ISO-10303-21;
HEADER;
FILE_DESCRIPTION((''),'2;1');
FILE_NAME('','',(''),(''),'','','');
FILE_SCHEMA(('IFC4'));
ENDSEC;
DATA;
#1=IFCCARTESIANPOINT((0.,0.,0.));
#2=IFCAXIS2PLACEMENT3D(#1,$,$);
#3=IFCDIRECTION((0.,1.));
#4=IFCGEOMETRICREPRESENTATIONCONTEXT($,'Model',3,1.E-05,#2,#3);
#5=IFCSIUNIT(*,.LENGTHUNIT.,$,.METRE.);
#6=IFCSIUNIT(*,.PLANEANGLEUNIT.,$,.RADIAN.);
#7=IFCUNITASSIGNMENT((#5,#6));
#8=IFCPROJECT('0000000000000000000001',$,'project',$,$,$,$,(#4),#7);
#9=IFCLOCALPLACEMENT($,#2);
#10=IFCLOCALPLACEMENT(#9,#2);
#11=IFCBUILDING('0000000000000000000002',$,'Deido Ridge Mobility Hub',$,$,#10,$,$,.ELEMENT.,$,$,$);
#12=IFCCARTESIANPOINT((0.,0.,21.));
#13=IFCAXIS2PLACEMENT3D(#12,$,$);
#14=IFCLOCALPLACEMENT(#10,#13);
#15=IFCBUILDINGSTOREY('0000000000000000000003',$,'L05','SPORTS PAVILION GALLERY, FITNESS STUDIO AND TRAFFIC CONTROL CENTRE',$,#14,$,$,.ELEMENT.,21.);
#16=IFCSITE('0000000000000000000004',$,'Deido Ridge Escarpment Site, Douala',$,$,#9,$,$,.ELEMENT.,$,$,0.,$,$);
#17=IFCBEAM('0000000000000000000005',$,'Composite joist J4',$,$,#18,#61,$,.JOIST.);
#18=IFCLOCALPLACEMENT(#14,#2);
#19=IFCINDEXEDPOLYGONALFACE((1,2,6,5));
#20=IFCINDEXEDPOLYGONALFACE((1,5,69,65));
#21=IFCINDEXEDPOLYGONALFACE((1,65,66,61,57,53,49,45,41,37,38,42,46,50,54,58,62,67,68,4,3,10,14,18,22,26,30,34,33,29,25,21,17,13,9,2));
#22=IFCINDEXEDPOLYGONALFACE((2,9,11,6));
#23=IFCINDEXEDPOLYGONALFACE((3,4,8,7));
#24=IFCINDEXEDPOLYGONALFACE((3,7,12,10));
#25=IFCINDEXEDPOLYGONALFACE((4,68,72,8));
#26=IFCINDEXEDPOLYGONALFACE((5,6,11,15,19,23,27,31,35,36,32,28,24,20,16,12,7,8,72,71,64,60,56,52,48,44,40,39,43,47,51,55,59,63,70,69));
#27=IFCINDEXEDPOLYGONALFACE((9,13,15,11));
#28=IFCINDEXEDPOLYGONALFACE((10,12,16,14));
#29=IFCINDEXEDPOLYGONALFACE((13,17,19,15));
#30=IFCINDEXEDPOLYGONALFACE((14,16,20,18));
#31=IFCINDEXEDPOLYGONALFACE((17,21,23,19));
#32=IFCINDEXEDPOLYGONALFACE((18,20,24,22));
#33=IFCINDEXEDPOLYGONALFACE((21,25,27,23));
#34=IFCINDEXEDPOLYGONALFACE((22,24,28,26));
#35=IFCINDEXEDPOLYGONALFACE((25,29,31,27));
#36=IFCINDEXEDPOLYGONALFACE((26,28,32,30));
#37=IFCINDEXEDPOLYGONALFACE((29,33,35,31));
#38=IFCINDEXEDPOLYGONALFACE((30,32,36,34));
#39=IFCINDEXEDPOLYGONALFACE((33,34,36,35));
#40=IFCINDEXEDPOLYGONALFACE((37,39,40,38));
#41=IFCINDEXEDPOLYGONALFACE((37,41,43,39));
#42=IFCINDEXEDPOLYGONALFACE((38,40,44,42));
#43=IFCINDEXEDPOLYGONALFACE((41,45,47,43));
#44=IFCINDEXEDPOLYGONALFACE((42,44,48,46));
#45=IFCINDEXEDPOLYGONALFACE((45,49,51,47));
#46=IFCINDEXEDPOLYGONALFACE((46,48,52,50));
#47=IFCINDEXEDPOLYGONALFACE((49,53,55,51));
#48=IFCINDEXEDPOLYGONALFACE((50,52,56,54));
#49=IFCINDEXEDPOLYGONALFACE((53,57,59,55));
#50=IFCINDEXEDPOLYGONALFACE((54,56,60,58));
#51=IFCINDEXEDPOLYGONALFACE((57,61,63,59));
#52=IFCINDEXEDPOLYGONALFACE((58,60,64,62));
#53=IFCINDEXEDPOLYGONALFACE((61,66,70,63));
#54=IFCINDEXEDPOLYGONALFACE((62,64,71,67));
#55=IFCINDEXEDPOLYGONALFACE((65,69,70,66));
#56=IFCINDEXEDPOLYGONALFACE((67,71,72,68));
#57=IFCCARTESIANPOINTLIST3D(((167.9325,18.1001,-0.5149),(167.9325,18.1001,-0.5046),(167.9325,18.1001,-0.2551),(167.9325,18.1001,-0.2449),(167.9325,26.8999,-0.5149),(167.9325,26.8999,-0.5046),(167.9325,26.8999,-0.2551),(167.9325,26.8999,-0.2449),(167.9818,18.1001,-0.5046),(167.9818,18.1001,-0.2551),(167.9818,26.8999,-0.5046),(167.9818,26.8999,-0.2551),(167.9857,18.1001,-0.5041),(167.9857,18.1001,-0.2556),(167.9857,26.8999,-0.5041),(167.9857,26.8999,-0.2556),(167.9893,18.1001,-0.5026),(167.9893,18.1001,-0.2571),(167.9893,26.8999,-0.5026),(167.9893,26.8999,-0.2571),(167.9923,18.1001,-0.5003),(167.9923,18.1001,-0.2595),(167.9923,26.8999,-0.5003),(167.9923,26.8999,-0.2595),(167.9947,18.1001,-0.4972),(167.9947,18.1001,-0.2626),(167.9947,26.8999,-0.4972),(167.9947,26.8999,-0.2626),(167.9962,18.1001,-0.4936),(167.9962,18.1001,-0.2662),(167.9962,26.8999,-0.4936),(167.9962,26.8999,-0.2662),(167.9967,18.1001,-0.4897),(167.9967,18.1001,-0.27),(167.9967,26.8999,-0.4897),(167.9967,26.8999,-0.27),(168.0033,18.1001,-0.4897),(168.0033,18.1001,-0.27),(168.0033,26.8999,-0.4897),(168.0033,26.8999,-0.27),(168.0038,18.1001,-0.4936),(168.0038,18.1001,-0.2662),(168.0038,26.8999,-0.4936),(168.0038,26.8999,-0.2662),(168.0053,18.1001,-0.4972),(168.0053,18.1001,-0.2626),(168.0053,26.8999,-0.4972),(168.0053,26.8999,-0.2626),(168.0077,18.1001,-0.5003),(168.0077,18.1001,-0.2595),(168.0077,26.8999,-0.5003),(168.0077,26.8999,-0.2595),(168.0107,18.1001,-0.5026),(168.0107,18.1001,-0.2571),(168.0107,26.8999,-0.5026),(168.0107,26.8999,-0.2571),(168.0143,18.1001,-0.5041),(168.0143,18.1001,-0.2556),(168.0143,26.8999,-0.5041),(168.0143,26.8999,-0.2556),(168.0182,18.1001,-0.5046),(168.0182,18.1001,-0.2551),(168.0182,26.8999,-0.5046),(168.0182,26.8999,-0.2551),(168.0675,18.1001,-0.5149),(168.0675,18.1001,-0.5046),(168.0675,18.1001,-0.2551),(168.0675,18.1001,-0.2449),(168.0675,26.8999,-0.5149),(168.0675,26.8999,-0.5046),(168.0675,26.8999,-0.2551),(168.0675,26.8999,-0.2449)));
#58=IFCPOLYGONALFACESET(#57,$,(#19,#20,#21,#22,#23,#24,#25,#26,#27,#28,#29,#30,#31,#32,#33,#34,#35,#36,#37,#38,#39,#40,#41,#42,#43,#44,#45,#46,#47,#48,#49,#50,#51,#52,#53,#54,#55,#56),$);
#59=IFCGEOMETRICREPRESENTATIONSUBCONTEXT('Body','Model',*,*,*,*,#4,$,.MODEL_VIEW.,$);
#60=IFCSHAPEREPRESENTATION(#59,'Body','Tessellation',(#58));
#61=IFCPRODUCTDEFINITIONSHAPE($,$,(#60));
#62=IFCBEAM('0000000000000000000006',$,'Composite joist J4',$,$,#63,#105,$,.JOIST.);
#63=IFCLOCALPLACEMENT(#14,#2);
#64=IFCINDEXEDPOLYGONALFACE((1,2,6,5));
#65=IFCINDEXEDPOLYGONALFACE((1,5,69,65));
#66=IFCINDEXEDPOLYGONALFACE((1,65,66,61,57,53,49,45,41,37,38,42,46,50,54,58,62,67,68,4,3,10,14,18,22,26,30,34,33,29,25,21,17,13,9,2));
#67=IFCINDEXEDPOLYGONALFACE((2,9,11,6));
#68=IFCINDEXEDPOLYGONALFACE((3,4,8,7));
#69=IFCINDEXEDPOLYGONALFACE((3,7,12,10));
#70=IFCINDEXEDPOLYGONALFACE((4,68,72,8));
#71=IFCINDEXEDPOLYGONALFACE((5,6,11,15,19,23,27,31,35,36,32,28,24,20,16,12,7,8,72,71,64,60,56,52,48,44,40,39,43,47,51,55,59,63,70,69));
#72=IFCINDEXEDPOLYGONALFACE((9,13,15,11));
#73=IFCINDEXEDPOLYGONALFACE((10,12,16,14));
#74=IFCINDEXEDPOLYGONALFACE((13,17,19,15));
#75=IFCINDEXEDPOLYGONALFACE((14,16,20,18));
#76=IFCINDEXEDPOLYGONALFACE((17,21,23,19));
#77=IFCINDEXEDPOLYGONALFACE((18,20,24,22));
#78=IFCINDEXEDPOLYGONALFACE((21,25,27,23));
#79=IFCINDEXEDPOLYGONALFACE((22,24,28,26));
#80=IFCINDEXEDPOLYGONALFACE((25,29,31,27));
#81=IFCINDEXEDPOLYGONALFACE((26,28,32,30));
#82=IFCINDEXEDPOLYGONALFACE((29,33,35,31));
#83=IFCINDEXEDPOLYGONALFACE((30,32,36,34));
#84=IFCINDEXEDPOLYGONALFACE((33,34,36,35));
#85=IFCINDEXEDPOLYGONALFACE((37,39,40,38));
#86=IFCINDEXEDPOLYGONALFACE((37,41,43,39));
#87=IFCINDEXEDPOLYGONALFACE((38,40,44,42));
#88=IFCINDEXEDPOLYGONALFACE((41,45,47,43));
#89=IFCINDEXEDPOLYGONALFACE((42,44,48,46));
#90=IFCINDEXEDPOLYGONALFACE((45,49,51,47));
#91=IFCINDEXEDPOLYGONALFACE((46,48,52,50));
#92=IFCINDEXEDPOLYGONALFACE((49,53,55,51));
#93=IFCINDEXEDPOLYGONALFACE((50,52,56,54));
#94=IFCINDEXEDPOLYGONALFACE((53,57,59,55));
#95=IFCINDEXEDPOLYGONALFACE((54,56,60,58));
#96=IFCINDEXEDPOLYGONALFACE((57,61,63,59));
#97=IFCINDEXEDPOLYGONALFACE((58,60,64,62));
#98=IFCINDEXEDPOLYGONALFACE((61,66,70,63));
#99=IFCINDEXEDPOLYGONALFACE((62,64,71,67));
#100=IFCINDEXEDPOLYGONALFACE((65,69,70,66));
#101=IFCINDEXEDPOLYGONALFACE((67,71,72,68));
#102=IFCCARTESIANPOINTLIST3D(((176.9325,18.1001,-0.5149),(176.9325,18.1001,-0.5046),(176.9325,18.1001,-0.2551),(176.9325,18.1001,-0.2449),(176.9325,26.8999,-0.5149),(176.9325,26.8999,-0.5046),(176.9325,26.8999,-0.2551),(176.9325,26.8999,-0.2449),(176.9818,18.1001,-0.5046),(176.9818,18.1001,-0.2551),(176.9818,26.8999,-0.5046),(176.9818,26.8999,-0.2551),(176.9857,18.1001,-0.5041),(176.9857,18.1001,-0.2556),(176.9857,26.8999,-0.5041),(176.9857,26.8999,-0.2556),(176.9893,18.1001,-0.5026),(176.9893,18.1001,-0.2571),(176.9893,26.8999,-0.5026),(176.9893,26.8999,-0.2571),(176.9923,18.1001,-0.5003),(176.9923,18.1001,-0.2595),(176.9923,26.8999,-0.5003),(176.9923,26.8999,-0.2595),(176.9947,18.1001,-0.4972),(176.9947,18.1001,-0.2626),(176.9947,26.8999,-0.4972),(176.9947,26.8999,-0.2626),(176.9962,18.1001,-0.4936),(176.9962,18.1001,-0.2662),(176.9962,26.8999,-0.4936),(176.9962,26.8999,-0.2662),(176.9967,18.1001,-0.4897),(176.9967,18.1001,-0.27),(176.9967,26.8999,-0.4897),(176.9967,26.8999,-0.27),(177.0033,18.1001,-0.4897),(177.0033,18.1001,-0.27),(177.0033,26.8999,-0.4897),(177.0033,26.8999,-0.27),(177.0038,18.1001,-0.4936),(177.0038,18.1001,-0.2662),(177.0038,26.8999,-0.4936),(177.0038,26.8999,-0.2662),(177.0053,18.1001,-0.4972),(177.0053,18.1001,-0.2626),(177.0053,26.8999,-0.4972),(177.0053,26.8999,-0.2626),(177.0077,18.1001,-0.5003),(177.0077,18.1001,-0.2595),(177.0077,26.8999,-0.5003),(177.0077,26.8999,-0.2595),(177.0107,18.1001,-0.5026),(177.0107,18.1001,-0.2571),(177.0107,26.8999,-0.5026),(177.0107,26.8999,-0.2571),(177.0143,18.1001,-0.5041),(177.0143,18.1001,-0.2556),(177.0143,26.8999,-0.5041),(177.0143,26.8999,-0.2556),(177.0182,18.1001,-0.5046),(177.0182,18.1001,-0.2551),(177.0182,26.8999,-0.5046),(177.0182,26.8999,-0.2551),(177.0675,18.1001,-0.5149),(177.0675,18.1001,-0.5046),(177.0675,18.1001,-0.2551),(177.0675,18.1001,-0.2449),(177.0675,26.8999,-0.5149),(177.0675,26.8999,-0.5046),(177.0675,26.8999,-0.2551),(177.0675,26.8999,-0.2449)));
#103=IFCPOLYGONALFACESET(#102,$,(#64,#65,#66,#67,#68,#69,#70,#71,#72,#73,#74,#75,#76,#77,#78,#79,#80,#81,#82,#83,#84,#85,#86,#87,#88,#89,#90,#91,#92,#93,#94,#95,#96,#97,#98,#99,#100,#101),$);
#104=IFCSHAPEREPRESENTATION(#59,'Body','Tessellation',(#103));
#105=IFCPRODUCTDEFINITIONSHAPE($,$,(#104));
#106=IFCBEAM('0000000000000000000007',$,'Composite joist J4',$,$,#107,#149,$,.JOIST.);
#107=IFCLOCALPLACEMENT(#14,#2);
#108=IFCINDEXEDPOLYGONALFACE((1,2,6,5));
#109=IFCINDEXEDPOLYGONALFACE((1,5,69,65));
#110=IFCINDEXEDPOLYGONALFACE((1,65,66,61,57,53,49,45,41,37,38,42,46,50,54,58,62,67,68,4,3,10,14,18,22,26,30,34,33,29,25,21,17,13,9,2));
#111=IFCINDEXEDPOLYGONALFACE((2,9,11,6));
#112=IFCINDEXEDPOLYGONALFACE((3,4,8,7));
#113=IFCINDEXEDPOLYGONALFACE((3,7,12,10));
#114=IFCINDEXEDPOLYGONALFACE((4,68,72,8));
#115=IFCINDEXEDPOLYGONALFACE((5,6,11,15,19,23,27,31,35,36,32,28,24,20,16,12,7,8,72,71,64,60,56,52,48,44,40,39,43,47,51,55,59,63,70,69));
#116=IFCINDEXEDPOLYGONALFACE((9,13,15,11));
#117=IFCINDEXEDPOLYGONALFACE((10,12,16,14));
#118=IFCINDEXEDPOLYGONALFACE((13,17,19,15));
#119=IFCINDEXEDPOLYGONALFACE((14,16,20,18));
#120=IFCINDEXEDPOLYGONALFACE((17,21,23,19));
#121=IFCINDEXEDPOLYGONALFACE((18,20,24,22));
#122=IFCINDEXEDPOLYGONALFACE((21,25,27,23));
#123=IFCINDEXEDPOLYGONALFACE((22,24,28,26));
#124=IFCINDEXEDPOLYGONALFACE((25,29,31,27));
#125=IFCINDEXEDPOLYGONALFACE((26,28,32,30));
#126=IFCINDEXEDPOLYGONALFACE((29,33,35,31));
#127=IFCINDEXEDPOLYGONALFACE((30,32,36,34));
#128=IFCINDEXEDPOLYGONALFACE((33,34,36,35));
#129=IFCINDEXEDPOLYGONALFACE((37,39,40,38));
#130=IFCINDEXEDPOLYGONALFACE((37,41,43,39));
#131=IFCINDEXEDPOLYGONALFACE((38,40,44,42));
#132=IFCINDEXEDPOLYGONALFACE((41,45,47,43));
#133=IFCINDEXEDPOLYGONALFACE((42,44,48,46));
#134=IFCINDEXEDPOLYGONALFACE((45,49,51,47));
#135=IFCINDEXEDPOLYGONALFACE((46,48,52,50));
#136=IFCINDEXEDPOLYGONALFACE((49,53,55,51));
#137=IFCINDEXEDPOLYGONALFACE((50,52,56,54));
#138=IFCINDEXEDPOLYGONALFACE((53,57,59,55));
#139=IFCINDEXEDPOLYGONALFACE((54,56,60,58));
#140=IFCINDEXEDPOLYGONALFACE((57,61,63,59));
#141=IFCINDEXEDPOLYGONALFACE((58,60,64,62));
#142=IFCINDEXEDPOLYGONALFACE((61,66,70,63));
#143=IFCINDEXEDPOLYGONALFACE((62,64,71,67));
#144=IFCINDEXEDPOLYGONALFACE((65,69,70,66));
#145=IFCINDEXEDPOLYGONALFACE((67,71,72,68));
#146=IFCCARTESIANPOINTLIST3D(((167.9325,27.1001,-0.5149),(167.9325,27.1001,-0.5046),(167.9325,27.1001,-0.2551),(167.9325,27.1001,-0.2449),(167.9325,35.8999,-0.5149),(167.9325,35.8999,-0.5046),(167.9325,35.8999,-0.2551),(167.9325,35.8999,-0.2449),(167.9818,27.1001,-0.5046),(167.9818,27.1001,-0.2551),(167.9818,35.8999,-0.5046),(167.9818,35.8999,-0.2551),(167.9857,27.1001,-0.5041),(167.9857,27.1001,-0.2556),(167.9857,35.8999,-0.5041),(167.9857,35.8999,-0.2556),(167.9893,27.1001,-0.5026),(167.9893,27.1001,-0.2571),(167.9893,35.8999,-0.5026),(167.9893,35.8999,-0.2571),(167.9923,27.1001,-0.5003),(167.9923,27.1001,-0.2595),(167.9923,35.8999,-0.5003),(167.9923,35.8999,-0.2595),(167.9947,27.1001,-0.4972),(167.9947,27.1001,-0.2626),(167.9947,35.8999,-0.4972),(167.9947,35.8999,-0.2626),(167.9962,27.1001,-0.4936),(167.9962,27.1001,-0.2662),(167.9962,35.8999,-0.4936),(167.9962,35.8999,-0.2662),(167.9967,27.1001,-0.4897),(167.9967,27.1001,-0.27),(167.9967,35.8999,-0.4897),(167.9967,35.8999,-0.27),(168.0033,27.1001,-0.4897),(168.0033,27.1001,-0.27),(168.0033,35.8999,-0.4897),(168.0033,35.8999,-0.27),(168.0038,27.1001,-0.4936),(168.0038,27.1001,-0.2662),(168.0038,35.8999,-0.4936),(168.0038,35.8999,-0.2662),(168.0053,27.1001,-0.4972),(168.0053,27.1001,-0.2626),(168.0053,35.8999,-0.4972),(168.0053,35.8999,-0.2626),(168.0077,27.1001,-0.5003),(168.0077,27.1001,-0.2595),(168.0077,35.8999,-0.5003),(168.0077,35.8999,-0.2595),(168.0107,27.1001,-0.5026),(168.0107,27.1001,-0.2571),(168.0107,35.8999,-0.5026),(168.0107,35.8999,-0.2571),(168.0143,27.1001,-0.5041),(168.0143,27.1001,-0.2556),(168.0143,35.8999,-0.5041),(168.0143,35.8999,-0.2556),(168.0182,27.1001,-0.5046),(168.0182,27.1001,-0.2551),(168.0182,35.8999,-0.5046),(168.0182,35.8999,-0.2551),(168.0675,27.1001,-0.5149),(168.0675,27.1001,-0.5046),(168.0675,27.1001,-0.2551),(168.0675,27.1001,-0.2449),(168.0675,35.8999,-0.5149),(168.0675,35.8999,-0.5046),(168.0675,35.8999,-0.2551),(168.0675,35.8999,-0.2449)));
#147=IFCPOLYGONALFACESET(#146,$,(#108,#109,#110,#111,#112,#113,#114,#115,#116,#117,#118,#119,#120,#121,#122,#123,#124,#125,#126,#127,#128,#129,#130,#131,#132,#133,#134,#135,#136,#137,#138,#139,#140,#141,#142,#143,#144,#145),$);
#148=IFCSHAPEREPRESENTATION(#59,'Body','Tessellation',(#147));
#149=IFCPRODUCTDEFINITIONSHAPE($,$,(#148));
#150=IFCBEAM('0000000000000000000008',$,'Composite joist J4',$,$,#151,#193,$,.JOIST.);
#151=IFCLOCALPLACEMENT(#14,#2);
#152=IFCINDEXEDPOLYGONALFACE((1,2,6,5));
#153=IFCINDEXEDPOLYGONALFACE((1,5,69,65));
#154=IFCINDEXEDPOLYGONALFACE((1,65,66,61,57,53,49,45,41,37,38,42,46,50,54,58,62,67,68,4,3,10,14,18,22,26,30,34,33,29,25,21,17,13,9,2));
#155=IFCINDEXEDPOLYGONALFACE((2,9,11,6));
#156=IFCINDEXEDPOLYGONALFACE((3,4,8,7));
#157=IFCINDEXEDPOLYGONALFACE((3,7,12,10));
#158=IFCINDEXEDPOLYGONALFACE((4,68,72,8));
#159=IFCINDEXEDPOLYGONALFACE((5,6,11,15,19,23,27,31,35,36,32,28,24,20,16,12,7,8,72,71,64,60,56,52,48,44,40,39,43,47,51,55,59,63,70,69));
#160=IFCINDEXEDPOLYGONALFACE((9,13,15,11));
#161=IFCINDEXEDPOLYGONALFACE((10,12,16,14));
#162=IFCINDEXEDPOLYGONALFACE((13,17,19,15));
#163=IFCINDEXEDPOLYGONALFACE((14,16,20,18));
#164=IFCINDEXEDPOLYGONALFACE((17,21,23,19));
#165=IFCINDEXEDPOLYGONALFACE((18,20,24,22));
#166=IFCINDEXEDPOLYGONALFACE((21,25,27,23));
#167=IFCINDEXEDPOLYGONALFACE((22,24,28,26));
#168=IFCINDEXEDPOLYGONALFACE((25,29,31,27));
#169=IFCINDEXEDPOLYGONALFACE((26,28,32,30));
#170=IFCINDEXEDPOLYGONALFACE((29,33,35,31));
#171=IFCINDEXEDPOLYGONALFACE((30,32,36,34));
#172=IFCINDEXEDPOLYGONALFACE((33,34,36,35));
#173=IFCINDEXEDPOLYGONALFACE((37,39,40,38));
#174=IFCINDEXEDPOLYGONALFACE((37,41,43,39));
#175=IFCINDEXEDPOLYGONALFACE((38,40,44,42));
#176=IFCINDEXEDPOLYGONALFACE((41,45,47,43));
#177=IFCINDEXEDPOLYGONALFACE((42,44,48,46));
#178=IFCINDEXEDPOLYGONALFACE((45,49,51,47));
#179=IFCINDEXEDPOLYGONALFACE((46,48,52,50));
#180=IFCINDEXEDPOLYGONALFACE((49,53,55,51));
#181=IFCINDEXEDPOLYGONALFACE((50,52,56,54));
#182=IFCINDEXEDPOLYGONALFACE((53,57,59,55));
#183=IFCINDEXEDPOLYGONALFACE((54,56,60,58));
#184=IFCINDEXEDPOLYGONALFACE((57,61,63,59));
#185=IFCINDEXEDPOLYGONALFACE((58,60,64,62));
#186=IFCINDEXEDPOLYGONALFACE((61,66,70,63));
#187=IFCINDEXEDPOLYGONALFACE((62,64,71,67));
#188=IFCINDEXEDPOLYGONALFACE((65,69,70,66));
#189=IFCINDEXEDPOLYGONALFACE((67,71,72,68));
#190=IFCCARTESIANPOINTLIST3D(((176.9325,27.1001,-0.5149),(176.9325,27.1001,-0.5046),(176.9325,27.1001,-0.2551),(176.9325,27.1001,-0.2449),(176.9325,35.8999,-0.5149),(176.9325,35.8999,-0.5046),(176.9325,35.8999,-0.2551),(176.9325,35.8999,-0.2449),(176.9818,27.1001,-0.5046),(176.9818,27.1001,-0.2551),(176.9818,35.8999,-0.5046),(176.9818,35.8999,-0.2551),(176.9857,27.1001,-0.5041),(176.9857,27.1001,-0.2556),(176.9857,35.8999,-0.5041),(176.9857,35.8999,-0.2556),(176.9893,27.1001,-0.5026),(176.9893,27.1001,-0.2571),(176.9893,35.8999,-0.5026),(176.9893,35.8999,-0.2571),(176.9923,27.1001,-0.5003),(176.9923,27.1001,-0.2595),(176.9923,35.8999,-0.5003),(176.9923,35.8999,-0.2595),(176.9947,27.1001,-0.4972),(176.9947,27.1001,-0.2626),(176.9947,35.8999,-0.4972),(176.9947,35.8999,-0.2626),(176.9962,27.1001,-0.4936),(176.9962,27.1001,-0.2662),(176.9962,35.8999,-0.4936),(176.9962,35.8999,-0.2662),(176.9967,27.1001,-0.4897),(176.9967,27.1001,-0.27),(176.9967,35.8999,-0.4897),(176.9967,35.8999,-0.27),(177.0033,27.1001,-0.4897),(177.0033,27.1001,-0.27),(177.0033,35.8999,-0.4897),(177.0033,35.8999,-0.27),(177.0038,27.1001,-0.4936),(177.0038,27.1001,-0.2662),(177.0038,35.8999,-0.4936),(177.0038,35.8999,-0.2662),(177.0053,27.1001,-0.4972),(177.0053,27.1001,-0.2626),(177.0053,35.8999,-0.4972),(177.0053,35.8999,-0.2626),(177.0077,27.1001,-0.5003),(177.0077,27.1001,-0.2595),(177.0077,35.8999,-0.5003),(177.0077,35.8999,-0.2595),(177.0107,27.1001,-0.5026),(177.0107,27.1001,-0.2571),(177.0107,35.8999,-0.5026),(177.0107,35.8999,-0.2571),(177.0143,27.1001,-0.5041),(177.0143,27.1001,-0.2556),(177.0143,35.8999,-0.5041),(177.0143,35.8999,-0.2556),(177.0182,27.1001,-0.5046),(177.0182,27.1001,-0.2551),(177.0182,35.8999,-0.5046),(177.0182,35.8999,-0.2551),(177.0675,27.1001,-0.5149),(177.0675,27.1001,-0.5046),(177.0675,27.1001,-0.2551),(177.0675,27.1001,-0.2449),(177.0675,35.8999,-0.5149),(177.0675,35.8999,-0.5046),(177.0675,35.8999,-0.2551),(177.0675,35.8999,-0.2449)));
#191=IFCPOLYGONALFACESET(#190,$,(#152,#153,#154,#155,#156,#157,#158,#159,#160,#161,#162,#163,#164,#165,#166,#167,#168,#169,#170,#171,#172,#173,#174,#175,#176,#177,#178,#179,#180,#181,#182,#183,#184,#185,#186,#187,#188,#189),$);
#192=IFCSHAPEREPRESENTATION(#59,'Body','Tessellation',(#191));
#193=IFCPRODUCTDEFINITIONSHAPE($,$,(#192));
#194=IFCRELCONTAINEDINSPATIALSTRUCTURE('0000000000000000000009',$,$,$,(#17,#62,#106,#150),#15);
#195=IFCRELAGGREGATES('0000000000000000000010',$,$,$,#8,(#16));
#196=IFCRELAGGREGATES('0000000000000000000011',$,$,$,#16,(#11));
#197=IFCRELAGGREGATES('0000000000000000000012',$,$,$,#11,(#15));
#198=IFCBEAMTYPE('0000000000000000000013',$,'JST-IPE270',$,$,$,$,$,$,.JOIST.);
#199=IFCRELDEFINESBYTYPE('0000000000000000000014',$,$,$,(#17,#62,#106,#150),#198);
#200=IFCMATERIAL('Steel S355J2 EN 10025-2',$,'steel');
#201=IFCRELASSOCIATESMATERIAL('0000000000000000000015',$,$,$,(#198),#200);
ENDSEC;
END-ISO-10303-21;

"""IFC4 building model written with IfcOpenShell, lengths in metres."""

from ifc_helpers import new_model, si_unit, direction, frame, origin, origin_2d, place, context, subcontext, project, spatial, i_section, extrude, material, material_profile, profile_set, type_object, element, save


model = new_model("IFC4")

# Units and contexts
model_context = context("Model", 3, precision=1e-05, world=origin(), true_north=direction((0.0, 1.0)))
body_context = subcontext(model_context, "Body", "Model", "MODEL_VIEW")
ifc_project = project(units=[si_unit("LENGTHUNIT", "METRE"), si_unit("PLANEANGLEUNIT", "RADIAN")], contexts=[model_context])

# Site, building, storey
site_placement = place(None, origin())
site = spatial("IfcSite", under=ifc_project, at=site_placement, Name="Deido Ridge Escarpment Site, Douala", CompositionType="ELEMENT", RefElevation=0.0)
building_placement = place(site_placement, origin())
building = spatial("IfcBuilding", under=site, at=building_placement, Name="Deido Ridge Mobility Hub", CompositionType="ELEMENT")
storey_placement = place(building_placement, frame((0.0, 0.0, 21.0)))
storey = spatial("IfcBuildingStorey", under=building, at=storey_placement, Name="L05", Description="SPORTS PAVILION GALLERY, FITNESS STUDIO AND TRAFFIC CONTROL CENTRE", CompositionType="ELEMENT", Elevation=21.0)

# Shared definitions
ifc_material_1 = material(Name="Steel S355J2 EN 10025-2", Category="steel")

# Beams
ifc_material_profile_1 = material_profile(ifc_material_1, i_section(OverallWidth=0.135, OverallDepth=0.27, WebThickness=0.0066, FlangeThickness=0.0103, FilletRadius=0.0149, at=origin_2d()), Name="IPE 270")
ifc_profile_set_1 = profile_set([ifc_material_profile_1], Name="Steel S355J2 EN 10025-2")
beam_type_1 = type_object("IfcBeamType", Name="JST-IPE270", PredefinedType="JOIST", material=ifc_profile_set_1)
for number, where, z_axis, x_axis, name in (
    (1, (168.0, 18.1001, -0.3799), (0.0, 1.0, 0.0), (-1.0, 0.0, 0.0), "Composite joist J4"),
    (2, (177.0, 18.1001, -0.3799), (0.0, 1.0, 0.0), (-1.0, 0.0, 0.0), "Composite joist J4"),
    (3, (168.0, 27.1001, -0.3799), (0.0, 1.0, 0.0), (-1.0, 0.0, 0.0), "Composite joist J4"),
    (4, (177.0, 27.1001, -0.3799), (0.0, 1.0, 0.0), (-1.0, 0.0, 0.0), "Composite joist J4"),
):
    element("IfcBeam", number, at=place(storey_placement, frame(where, z_axis=z_axis, x_axis=x_axis)), inside=storey, type_object=beam_type_1, Name=name, PredefinedType="JOIST", context=body_context, shape_type="SweptSolid", body=[
        extrude(i_section(OverallWidth=0.135, OverallDepth=0.27, WebThickness=0.0066, FlangeThickness=0.0103, FilletRadius=0.0149, at=origin_2d()), origin(), (0.0, 0.0, 1.0), 8.7998),
    ])

save(model, "model.ifc")
